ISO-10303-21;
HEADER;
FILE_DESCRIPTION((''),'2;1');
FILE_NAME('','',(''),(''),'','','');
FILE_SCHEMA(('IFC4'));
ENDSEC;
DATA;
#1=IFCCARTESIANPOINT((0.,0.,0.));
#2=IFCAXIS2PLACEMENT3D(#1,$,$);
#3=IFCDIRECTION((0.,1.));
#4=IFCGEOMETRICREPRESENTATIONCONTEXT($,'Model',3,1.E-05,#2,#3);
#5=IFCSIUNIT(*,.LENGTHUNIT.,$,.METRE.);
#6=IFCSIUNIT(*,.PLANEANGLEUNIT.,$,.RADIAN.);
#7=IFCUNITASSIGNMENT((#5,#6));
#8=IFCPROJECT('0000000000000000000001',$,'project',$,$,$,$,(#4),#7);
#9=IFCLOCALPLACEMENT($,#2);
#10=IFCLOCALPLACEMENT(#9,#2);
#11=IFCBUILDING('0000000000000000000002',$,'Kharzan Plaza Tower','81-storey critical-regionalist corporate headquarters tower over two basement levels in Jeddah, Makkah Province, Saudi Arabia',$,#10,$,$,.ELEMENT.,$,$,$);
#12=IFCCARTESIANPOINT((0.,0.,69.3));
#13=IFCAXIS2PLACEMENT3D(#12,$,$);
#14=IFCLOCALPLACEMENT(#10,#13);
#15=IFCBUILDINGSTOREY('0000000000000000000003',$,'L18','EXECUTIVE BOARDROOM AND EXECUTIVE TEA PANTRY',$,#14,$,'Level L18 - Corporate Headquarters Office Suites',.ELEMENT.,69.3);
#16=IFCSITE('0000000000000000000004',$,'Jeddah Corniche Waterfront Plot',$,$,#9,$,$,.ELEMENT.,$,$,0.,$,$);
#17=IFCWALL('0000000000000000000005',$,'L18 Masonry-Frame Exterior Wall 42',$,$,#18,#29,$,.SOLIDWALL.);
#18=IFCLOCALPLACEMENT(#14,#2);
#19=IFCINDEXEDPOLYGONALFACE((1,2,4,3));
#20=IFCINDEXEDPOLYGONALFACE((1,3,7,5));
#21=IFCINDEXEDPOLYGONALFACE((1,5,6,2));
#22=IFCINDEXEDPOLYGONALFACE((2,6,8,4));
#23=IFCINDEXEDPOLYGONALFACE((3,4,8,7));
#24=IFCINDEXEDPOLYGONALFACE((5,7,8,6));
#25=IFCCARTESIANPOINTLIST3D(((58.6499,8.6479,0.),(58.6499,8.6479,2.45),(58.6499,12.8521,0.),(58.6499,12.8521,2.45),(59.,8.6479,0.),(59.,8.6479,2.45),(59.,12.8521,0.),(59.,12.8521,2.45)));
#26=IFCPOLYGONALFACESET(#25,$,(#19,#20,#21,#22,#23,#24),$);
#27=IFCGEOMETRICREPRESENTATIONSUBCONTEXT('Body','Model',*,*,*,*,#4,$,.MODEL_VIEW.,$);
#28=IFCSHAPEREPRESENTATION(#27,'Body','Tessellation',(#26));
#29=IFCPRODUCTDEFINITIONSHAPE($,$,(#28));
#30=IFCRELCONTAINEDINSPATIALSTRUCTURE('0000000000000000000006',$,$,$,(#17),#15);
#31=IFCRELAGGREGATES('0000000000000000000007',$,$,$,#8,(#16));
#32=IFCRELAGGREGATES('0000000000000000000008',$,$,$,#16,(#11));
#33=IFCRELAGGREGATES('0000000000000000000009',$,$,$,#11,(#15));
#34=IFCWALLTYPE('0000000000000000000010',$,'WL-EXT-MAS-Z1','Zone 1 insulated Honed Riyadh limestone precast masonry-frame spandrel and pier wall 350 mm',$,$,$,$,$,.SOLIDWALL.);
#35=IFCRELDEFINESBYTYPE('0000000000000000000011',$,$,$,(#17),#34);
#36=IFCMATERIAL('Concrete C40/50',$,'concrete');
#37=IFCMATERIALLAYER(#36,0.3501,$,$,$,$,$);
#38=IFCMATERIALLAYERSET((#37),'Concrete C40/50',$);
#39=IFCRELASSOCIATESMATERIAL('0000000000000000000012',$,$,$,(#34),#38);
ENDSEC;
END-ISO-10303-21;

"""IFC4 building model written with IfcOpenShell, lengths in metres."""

from ifc_helpers import new_model, si_unit, direction, frame, frame_2d, origin, place, context, subcontext, project, spatial, rectangle, extrude, source, transform, mapped, material, layer, layer_set, type_object, element, save


model = new_model("IFC4")

# Units and contexts
model_context = context("Model", 3, precision=1e-05, world=origin(), true_north=direction((0.0, 1.0)))
body_context = subcontext(model_context, "Body", "Model", "MODEL_VIEW")
ifc_project = project(units=[si_unit("LENGTHUNIT", "METRE"), si_unit("PLANEANGLEUNIT", "RADIAN")], contexts=[model_context])

# Site, building, storey
site_placement = place(None, origin())
site = spatial("IfcSite", under=ifc_project, at=site_placement, Name="Jeddah Corniche Waterfront Plot", CompositionType="ELEMENT", RefElevation=0.0)
building_placement = place(site_placement, origin())
building = spatial("IfcBuilding", under=site, at=building_placement, Name="Kharzan Plaza Tower", Description="81-storey critical-regionalist corporate headquarters tower over two basement levels in Jeddah, Makkah Province, Saudi Arabia", CompositionType="ELEMENT")
storey_placement = place(building_placement, frame((0.0, 0.0, 69.3)))
storey = spatial("IfcBuildingStorey", under=building, at=storey_placement, Name="L18", Description="EXECUTIVE BOARDROOM AND EXECUTIVE TEA PANTRY", LongName="Level L18 - Corporate Headquarters Office Suites", CompositionType="ELEMENT", Elevation=69.3)

# Shared definitions
ifc_material_1 = material(Name="Concrete C40/50", Category="concrete")
ifc_layer = layer(ifc_material_1, 0.3501)
ifc_layer_set = layer_set([ifc_layer], Name="Concrete C40/50")
wall_type = type_object("IfcWallType", Name="WL-EXT-MAS-Z1", Description="Zone 1 insulated Honed Riyadh limestone precast masonry-frame spandrel and pier wall 350 mm", PredefinedType="SOLIDWALL", material=ifc_layer_set)

# Wall
shared_shape_1 = source(origin(), body_context, "Body", "SweptSolid", [
    extrude(rectangle(XDim=4.2041, YDim=0.3501, at=frame_2d((2.1021, 0.0))), origin(), (0.0, 0.0, 1.0), 2.45),
])
wall_1_placement = place(storey_placement, frame((58.825, 8.6479, 0.0), z_axis=(0.0, 0.0, 1.0), x_axis=(0.0, 1.0, 0.0)))
element("IfcWall", 1, at=wall_1_placement, inside=storey, type_object=wall_type, Name="L18 Masonry-Frame Exterior Wall 42", PredefinedType="SOLIDWALL", context=body_context, shape_type="MappedRepresentation", body=[
    mapped(shared_shape_1, transform((0.0, 0.0, 0.0), x_axis=(1.0, 0.0, 0.0), y_axis=(0.0, 1.0, 0.0), z_axis=(0.0, 0.0, 1.0))),
])

save(model, "model.ifc")
